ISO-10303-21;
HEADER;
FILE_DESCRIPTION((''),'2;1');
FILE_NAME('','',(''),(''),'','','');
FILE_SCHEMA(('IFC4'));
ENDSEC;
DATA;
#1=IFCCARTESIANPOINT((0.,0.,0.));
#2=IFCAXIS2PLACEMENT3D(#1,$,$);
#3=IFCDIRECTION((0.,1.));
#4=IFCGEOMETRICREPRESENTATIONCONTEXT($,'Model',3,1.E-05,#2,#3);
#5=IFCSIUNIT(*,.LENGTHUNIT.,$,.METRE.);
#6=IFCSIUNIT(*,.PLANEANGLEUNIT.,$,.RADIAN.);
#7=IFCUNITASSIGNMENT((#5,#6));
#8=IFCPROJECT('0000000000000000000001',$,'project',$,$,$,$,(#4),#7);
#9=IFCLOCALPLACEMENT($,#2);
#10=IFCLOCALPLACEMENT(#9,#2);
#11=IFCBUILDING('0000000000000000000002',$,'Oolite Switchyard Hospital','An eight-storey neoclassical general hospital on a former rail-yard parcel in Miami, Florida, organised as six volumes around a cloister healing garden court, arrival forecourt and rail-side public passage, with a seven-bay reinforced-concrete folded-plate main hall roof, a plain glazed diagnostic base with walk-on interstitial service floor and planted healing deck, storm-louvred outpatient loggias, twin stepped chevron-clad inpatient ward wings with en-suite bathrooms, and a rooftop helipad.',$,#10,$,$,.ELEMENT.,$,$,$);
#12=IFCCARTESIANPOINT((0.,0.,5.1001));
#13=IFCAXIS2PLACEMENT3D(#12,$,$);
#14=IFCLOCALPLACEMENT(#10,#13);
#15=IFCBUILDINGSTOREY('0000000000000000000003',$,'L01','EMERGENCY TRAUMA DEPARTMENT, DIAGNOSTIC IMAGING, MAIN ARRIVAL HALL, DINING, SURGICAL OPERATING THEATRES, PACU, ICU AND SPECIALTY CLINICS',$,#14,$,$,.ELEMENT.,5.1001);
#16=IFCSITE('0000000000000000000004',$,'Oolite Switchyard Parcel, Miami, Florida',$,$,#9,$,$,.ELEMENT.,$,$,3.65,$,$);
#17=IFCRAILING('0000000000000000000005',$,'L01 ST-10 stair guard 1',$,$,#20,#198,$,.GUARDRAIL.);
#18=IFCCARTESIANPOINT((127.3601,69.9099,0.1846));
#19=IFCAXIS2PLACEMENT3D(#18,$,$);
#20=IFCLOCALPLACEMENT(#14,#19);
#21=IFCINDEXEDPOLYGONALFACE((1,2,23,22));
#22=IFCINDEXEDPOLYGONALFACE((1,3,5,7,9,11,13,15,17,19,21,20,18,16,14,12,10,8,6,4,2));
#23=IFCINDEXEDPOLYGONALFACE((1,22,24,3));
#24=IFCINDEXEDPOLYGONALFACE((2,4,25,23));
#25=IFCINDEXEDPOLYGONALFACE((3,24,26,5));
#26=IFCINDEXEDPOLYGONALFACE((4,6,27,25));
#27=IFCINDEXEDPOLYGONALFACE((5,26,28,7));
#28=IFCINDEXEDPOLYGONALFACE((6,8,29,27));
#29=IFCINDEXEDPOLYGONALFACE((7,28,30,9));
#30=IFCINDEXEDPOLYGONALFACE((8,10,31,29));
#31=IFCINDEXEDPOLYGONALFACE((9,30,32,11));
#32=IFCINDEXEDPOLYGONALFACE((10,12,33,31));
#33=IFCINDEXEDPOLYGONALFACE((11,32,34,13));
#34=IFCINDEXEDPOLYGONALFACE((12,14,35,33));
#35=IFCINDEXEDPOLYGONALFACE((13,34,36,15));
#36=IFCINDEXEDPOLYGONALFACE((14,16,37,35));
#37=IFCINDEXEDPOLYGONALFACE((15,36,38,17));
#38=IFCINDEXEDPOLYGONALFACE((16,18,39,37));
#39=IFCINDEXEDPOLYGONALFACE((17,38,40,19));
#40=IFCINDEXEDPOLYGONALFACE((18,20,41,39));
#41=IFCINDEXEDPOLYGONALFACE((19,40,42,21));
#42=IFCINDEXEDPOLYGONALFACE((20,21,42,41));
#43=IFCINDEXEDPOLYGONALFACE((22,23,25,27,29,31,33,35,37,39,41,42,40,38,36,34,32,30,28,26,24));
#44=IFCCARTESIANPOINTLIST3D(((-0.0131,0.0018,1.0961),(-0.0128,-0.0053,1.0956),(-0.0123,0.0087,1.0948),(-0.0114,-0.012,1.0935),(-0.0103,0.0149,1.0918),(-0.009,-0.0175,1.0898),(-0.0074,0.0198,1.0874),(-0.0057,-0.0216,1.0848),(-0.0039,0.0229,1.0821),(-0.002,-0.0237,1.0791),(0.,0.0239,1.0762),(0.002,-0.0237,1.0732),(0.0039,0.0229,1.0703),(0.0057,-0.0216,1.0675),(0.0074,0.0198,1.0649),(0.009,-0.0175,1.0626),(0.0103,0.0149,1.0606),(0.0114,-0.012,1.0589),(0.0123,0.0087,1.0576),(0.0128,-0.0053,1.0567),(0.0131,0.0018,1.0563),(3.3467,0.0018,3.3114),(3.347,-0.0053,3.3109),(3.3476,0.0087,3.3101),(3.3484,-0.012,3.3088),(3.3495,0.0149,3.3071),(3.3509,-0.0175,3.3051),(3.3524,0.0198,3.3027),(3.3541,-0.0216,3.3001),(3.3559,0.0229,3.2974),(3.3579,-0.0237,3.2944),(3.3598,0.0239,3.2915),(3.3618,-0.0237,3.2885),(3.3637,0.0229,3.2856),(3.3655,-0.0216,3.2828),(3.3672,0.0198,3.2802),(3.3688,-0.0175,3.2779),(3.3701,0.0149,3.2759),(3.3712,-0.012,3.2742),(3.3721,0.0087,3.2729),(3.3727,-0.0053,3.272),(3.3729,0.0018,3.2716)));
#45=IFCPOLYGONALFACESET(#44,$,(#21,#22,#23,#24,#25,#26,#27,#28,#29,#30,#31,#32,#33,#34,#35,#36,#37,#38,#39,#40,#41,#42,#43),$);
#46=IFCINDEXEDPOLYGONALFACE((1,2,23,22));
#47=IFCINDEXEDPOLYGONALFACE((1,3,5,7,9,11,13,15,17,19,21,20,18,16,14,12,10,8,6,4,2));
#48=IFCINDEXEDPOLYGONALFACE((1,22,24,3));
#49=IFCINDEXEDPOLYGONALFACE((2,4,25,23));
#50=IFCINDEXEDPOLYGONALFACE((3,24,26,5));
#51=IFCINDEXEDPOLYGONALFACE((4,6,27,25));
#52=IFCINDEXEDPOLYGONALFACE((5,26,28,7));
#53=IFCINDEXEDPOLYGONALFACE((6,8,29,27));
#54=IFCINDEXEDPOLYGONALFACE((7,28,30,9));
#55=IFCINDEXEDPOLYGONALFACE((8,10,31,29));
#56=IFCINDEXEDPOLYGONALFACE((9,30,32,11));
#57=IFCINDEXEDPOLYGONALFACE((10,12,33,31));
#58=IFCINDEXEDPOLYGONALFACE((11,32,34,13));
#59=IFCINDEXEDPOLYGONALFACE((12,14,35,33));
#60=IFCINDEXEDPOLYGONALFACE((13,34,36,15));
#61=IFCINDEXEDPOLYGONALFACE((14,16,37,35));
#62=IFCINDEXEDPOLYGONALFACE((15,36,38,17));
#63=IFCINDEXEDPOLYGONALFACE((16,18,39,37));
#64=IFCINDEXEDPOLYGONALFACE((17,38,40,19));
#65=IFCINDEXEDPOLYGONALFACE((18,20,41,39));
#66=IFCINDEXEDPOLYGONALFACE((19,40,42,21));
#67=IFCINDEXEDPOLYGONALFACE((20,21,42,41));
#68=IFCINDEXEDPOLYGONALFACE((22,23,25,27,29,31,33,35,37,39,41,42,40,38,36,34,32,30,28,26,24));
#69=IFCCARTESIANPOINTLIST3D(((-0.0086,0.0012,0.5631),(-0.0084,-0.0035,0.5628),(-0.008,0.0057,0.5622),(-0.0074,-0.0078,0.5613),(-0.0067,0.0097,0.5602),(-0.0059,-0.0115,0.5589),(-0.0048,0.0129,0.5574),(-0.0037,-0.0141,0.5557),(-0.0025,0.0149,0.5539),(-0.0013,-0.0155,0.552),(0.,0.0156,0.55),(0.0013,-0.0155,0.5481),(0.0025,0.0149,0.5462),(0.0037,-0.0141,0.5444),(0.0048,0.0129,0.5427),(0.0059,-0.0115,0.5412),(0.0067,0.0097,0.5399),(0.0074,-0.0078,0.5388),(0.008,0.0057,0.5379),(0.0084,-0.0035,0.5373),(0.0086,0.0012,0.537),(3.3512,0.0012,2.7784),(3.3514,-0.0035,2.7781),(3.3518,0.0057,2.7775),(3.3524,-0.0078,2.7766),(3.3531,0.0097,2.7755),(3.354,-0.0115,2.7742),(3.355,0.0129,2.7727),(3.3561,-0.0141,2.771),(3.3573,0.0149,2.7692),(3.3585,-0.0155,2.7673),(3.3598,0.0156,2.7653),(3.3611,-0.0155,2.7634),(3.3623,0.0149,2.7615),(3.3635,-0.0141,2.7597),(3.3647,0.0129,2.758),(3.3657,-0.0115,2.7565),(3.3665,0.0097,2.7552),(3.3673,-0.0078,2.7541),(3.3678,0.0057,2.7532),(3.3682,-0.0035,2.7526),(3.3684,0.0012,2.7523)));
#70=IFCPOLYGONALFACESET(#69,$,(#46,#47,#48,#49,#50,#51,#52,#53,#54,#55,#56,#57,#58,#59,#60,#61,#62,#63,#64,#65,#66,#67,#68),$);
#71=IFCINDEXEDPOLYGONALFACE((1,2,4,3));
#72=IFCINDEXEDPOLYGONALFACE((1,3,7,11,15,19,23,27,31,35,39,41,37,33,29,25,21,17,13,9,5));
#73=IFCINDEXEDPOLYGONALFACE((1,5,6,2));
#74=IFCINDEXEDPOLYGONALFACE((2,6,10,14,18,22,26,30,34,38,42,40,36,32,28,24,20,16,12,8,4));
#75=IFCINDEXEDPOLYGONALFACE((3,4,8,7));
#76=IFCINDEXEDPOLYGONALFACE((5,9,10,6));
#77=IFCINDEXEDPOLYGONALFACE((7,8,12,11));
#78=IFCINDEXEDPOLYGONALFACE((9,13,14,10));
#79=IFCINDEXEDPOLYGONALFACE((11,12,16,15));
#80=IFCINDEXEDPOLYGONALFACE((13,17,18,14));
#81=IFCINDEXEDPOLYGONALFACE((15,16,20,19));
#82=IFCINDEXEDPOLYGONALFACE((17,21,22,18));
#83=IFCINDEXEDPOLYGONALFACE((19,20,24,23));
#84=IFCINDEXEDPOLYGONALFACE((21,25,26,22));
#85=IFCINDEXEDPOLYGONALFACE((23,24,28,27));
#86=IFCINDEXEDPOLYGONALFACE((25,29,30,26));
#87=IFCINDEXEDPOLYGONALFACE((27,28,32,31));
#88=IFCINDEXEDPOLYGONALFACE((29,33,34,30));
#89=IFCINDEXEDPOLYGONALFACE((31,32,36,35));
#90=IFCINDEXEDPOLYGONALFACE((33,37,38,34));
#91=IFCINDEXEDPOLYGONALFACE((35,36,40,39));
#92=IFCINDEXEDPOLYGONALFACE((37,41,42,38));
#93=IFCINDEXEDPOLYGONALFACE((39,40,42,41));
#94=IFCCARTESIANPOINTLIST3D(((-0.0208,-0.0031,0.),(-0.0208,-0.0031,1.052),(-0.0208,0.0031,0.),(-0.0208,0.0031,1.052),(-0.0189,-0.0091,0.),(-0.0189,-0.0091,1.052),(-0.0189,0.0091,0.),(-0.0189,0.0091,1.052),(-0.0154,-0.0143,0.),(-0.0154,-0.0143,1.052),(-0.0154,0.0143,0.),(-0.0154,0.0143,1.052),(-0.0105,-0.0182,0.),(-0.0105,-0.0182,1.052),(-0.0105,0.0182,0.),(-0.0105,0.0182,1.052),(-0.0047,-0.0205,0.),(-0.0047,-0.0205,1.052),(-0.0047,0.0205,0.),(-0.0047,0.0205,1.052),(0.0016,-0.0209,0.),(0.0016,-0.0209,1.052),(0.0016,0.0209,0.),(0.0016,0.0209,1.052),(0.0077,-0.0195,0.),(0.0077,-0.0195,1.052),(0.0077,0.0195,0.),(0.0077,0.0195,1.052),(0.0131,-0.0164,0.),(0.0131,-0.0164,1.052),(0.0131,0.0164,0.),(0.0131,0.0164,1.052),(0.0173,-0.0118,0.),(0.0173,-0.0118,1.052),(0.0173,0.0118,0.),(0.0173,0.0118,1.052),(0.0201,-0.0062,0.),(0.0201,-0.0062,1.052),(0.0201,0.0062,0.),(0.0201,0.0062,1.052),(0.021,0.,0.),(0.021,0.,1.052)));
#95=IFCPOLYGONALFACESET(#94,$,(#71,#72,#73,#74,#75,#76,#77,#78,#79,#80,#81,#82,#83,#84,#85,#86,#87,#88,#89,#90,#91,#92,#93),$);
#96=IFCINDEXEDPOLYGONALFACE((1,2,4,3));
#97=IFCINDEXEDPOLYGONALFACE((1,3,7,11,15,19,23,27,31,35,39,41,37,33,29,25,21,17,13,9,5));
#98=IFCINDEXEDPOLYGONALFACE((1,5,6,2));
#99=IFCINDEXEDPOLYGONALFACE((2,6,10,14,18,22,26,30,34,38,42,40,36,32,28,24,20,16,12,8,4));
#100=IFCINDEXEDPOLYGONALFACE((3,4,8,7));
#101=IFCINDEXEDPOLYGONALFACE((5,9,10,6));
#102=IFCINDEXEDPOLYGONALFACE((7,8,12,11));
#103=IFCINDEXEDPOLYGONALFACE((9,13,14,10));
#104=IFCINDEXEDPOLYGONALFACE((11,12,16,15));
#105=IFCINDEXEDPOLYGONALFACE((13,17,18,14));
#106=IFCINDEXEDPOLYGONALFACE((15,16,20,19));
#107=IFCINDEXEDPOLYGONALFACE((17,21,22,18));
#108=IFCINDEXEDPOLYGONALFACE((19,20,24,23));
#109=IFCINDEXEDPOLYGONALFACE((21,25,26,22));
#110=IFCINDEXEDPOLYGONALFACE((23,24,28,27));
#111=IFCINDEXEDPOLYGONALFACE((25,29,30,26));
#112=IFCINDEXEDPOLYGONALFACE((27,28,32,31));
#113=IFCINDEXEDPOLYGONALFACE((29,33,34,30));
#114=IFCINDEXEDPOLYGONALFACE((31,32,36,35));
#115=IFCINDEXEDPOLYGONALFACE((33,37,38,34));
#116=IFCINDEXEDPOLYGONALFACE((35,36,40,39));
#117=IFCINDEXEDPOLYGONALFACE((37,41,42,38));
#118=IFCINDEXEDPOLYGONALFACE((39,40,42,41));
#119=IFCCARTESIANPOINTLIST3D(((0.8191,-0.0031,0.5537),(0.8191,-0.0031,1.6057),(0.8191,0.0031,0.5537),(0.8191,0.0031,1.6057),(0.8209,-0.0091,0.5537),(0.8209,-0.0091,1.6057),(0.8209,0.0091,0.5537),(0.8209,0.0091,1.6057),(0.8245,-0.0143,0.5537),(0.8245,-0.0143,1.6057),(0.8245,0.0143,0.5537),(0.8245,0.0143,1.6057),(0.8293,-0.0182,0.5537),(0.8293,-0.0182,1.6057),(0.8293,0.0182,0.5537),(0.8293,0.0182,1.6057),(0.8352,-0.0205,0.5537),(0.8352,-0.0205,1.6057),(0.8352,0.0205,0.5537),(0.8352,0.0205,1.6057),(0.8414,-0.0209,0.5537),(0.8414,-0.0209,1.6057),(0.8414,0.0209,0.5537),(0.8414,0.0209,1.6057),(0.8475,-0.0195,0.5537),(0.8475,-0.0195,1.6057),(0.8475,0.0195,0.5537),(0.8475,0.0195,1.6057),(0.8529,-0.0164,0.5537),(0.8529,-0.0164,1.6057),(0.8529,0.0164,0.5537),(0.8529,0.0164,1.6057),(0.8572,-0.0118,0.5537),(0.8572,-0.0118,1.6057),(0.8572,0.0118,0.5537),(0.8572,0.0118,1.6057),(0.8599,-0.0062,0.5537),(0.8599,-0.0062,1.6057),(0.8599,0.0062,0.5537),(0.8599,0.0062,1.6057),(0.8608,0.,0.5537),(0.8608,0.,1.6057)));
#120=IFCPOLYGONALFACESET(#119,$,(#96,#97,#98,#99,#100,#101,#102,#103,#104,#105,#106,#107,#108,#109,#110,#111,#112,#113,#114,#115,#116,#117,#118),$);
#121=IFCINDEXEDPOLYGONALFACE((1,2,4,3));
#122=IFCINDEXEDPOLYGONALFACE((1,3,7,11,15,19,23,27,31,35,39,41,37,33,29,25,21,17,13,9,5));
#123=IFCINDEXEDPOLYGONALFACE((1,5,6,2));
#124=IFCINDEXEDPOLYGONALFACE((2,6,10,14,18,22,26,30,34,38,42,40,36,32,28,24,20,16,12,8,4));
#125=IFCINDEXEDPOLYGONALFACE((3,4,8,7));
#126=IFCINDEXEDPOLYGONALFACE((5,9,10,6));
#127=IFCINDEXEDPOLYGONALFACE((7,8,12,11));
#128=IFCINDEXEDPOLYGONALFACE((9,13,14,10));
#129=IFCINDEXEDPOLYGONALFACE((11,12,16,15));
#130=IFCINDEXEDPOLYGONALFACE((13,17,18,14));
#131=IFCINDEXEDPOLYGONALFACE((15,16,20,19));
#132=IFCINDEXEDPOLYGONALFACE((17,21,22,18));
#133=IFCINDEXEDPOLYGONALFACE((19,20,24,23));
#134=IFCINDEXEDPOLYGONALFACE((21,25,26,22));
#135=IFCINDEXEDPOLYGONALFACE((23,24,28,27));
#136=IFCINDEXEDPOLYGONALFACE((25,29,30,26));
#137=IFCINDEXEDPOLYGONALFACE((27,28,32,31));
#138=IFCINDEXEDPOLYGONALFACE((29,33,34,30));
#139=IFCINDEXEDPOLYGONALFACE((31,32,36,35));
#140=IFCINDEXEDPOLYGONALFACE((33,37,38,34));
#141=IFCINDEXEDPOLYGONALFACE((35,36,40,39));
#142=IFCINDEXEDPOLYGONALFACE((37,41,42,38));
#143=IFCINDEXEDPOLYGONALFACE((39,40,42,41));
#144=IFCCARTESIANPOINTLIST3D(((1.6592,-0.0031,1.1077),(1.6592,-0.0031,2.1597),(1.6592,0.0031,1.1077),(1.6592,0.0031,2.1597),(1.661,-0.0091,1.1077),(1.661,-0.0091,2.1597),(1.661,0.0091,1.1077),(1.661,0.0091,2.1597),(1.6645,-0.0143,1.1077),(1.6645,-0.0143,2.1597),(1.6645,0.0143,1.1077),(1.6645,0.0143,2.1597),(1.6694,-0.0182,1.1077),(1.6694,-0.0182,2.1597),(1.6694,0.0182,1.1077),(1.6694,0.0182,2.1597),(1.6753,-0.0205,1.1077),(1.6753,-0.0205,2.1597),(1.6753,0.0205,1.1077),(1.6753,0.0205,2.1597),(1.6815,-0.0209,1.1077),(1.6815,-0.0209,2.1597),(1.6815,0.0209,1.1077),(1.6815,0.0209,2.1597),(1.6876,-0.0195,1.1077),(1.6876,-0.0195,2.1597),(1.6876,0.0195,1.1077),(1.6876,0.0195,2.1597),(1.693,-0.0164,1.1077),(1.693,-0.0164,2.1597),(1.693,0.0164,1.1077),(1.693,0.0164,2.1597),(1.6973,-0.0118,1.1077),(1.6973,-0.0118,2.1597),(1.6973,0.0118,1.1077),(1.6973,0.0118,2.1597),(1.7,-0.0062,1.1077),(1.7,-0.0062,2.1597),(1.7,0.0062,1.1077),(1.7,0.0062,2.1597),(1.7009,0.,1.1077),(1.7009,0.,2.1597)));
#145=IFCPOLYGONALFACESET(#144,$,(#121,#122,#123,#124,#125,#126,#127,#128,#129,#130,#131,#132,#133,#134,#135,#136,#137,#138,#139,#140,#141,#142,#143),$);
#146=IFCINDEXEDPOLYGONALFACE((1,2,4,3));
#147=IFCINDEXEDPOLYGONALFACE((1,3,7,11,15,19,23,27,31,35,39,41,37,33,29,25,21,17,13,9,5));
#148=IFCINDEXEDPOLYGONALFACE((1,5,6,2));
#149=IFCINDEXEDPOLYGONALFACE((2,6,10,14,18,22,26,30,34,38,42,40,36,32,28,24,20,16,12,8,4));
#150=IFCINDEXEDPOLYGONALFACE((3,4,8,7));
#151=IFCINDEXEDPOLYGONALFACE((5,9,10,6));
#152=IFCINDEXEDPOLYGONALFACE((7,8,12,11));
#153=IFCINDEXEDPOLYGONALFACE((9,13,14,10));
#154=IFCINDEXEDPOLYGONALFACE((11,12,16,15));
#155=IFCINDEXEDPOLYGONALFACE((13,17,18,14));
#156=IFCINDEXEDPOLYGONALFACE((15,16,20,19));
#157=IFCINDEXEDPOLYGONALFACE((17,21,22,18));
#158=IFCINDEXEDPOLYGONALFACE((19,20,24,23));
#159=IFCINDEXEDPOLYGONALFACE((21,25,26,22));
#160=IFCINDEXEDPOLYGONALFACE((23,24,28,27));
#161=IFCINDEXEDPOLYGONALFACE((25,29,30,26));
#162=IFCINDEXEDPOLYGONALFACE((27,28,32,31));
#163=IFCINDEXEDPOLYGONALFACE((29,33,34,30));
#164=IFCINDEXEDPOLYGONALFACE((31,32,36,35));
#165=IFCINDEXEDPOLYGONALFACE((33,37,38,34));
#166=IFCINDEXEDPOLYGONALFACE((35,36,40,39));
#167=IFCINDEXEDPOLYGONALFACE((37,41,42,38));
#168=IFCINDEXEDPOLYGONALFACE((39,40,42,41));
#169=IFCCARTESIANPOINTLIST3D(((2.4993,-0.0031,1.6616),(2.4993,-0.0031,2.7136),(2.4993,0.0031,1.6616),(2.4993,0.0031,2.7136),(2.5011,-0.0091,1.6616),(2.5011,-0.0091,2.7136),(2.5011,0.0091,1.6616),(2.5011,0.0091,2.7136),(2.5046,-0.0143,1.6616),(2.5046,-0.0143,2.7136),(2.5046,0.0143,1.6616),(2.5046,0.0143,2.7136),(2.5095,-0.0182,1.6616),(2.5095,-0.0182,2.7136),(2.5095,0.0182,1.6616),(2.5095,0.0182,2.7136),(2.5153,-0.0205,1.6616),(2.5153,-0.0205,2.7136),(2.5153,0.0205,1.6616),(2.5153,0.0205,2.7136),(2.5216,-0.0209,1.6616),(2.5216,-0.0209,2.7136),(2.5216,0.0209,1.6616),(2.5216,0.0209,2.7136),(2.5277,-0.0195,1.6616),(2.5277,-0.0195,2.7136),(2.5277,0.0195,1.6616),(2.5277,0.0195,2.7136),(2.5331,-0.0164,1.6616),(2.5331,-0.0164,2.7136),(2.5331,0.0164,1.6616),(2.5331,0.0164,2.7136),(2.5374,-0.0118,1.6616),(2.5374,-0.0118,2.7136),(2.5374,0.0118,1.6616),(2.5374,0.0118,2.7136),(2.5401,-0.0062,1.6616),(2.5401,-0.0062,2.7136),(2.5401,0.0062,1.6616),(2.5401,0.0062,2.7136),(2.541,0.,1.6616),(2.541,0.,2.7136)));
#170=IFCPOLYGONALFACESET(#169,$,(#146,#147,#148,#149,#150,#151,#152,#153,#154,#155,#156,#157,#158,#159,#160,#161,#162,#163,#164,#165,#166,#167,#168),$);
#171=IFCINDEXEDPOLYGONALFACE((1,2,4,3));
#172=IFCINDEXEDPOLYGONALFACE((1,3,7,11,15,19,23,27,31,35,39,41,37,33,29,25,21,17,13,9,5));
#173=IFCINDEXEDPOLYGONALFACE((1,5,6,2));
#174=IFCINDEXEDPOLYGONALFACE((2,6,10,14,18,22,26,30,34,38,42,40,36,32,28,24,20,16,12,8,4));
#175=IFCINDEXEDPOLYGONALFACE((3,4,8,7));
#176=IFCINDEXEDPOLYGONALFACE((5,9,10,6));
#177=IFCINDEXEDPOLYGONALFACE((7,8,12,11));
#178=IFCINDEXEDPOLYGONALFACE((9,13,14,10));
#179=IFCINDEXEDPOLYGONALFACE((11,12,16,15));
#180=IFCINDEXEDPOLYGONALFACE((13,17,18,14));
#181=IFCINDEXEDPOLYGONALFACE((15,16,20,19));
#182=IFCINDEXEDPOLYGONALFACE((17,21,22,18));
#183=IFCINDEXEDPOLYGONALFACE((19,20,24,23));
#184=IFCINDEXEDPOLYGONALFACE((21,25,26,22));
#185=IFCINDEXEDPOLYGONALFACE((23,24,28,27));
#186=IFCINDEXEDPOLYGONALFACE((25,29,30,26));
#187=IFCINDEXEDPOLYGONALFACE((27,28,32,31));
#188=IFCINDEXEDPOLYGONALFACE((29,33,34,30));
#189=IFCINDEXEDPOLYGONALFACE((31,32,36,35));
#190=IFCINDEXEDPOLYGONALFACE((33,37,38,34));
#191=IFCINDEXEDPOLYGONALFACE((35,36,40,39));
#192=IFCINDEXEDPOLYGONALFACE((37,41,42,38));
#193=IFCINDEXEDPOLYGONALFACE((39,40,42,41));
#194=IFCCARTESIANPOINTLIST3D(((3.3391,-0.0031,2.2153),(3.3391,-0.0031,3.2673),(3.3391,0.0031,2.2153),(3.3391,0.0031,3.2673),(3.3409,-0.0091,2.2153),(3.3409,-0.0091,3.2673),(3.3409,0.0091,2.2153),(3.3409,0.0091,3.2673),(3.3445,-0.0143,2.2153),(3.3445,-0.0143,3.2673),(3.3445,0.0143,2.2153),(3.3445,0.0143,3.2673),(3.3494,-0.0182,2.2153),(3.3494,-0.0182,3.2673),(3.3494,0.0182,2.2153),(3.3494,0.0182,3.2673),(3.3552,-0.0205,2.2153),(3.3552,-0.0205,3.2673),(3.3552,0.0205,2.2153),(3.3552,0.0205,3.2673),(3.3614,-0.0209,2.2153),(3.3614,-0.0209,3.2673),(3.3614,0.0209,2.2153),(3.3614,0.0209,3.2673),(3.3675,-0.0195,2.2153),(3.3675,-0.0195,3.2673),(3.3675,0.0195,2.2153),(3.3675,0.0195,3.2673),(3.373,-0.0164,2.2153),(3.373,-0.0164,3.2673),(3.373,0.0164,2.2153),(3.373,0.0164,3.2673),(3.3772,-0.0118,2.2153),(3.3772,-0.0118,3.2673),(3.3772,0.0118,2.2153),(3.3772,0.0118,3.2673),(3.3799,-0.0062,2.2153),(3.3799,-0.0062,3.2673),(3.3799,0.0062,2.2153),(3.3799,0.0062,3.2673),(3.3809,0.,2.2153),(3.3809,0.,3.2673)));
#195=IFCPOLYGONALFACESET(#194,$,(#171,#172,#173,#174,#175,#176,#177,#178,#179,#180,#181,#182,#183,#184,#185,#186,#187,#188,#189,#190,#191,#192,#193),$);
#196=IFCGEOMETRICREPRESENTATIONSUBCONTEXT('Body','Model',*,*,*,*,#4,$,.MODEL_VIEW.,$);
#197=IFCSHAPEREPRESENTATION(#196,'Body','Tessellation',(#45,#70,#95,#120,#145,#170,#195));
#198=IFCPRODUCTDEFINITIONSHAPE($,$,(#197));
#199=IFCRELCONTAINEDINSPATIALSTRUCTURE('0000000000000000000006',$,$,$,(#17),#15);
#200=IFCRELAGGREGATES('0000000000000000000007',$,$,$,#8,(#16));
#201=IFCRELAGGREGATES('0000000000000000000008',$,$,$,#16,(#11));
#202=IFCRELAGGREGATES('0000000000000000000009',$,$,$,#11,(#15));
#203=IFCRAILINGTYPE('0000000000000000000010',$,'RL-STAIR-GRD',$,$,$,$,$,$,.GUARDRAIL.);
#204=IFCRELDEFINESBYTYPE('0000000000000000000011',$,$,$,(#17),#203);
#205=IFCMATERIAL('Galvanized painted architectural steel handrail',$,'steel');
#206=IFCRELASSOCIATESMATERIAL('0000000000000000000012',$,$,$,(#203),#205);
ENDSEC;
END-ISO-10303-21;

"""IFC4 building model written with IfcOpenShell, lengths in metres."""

from ifc_helpers import new_model, si_unit, direction, frame, origin, origin_2d, place, context, subcontext, project, spatial, circle, extrude, material, type_object, element, save


model = new_model("IFC4")

# Units and contexts
model_context = context("Model", 3, precision=1e-05, world=origin(), true_north=direction((0.0, 1.0)))
body_context = subcontext(model_context, "Body", "Model", "MODEL_VIEW")
ifc_project = project(units=[si_unit("LENGTHUNIT", "METRE"), si_unit("PLANEANGLEUNIT", "RADIAN")], contexts=[model_context])

# Site, building, storey
site_placement = place(None, origin())
site = spatial("IfcSite", under=ifc_project, at=site_placement, Name="Oolite Switchyard Parcel, Miami, Florida", CompositionType="ELEMENT", RefElevation=3.65)
building_placement = place(site_placement, origin())
building = spatial("IfcBuilding", under=site, at=building_placement, Name="Oolite Switchyard Hospital", Description="An eight-storey neoclassical general hospital on a former rail-yard parcel in Miami, Florida, organised as six volumes around a cloister healing garden court, arrival forecourt and rail-side public passage, with a seven-bay reinforced-concrete folded-plate main hall roof, a plain glazed diagnostic base with walk-on interstitial service floor and planted healing deck, storm-louvred outpatient loggias, twin stepped chevron-clad inpatient ward wings with en-suite bathrooms, and a rooftop helipad.", CompositionType="ELEMENT")
storey_placement = place(building_placement, frame((0.0, 0.0, 5.1001)))
storey = spatial("IfcBuildingStorey", under=building, at=storey_placement, Name="L01", Description="EMERGENCY TRAUMA DEPARTMENT, DIAGNOSTIC IMAGING, MAIN ARRIVAL HALL, DINING, SURGICAL OPERATING THEATRES, PACU, ICU AND SPECIALTY CLINICS", CompositionType="ELEMENT", Elevation=5.1001)

# Railing
ifc_material_1 = material(Name="Galvanized painted architectural steel handrail", Category="steel")
railing_type_1 = type_object("IfcRailingType", Name="RL-STAIR-GRD", PredefinedType="GUARDRAIL", material=ifc_material_1)
railing_1_placement = place(storey_placement, frame((127.3601, 69.9099, 0.1846)))
element("IfcRailing", 1, at=railing_1_placement, inside=storey, type_object=railing_type_1, Name="L01 ST-10 stair guard 1", PredefinedType="GUARDRAIL", context=body_context, shape_type="SweptSolid", body=[
    extrude(circle(Radius=0.0239, at=origin_2d()), frame((0.0, 0.0, 1.0762), z_axis=(0.834858, 0.0, 0.550465), x_axis=(0.0, 1.0, 0.0)), (0.0, 0.0, 1.0), 4.0244),
    extrude(circle(Radius=0.0156, at=origin_2d()), frame((0.0, 0.0, 0.55), z_axis=(0.834858, 0.0, 0.550465), x_axis=(0.0, 1.0, 0.0)), (0.0, 0.0, 1.0), 4.0244),
    extrude(circle(Radius=0.021, at=origin_2d()), origin(), (0.0, 0.0, 1.0), 1.052),
    extrude(circle(Radius=0.021, at=origin_2d()), frame((0.8398, 0.0, 0.5537)), (0.0, 0.0, 1.0), 1.052),
    extrude(circle(Radius=0.021, at=origin_2d()), frame((1.6799, 0.0, 1.1077)), (0.0, 0.0, 1.0), 1.052),
    extrude(circle(Radius=0.021, at=origin_2d()), frame((2.52, 0.0, 1.6616)), (0.0, 0.0, 1.0), 1.052),
    extrude(circle(Radius=0.021, at=origin_2d()), frame((3.3599, 0.0, 2.2153)), (0.0, 0.0, 1.0), 1.052),
])

save(model, "model.ifc")
